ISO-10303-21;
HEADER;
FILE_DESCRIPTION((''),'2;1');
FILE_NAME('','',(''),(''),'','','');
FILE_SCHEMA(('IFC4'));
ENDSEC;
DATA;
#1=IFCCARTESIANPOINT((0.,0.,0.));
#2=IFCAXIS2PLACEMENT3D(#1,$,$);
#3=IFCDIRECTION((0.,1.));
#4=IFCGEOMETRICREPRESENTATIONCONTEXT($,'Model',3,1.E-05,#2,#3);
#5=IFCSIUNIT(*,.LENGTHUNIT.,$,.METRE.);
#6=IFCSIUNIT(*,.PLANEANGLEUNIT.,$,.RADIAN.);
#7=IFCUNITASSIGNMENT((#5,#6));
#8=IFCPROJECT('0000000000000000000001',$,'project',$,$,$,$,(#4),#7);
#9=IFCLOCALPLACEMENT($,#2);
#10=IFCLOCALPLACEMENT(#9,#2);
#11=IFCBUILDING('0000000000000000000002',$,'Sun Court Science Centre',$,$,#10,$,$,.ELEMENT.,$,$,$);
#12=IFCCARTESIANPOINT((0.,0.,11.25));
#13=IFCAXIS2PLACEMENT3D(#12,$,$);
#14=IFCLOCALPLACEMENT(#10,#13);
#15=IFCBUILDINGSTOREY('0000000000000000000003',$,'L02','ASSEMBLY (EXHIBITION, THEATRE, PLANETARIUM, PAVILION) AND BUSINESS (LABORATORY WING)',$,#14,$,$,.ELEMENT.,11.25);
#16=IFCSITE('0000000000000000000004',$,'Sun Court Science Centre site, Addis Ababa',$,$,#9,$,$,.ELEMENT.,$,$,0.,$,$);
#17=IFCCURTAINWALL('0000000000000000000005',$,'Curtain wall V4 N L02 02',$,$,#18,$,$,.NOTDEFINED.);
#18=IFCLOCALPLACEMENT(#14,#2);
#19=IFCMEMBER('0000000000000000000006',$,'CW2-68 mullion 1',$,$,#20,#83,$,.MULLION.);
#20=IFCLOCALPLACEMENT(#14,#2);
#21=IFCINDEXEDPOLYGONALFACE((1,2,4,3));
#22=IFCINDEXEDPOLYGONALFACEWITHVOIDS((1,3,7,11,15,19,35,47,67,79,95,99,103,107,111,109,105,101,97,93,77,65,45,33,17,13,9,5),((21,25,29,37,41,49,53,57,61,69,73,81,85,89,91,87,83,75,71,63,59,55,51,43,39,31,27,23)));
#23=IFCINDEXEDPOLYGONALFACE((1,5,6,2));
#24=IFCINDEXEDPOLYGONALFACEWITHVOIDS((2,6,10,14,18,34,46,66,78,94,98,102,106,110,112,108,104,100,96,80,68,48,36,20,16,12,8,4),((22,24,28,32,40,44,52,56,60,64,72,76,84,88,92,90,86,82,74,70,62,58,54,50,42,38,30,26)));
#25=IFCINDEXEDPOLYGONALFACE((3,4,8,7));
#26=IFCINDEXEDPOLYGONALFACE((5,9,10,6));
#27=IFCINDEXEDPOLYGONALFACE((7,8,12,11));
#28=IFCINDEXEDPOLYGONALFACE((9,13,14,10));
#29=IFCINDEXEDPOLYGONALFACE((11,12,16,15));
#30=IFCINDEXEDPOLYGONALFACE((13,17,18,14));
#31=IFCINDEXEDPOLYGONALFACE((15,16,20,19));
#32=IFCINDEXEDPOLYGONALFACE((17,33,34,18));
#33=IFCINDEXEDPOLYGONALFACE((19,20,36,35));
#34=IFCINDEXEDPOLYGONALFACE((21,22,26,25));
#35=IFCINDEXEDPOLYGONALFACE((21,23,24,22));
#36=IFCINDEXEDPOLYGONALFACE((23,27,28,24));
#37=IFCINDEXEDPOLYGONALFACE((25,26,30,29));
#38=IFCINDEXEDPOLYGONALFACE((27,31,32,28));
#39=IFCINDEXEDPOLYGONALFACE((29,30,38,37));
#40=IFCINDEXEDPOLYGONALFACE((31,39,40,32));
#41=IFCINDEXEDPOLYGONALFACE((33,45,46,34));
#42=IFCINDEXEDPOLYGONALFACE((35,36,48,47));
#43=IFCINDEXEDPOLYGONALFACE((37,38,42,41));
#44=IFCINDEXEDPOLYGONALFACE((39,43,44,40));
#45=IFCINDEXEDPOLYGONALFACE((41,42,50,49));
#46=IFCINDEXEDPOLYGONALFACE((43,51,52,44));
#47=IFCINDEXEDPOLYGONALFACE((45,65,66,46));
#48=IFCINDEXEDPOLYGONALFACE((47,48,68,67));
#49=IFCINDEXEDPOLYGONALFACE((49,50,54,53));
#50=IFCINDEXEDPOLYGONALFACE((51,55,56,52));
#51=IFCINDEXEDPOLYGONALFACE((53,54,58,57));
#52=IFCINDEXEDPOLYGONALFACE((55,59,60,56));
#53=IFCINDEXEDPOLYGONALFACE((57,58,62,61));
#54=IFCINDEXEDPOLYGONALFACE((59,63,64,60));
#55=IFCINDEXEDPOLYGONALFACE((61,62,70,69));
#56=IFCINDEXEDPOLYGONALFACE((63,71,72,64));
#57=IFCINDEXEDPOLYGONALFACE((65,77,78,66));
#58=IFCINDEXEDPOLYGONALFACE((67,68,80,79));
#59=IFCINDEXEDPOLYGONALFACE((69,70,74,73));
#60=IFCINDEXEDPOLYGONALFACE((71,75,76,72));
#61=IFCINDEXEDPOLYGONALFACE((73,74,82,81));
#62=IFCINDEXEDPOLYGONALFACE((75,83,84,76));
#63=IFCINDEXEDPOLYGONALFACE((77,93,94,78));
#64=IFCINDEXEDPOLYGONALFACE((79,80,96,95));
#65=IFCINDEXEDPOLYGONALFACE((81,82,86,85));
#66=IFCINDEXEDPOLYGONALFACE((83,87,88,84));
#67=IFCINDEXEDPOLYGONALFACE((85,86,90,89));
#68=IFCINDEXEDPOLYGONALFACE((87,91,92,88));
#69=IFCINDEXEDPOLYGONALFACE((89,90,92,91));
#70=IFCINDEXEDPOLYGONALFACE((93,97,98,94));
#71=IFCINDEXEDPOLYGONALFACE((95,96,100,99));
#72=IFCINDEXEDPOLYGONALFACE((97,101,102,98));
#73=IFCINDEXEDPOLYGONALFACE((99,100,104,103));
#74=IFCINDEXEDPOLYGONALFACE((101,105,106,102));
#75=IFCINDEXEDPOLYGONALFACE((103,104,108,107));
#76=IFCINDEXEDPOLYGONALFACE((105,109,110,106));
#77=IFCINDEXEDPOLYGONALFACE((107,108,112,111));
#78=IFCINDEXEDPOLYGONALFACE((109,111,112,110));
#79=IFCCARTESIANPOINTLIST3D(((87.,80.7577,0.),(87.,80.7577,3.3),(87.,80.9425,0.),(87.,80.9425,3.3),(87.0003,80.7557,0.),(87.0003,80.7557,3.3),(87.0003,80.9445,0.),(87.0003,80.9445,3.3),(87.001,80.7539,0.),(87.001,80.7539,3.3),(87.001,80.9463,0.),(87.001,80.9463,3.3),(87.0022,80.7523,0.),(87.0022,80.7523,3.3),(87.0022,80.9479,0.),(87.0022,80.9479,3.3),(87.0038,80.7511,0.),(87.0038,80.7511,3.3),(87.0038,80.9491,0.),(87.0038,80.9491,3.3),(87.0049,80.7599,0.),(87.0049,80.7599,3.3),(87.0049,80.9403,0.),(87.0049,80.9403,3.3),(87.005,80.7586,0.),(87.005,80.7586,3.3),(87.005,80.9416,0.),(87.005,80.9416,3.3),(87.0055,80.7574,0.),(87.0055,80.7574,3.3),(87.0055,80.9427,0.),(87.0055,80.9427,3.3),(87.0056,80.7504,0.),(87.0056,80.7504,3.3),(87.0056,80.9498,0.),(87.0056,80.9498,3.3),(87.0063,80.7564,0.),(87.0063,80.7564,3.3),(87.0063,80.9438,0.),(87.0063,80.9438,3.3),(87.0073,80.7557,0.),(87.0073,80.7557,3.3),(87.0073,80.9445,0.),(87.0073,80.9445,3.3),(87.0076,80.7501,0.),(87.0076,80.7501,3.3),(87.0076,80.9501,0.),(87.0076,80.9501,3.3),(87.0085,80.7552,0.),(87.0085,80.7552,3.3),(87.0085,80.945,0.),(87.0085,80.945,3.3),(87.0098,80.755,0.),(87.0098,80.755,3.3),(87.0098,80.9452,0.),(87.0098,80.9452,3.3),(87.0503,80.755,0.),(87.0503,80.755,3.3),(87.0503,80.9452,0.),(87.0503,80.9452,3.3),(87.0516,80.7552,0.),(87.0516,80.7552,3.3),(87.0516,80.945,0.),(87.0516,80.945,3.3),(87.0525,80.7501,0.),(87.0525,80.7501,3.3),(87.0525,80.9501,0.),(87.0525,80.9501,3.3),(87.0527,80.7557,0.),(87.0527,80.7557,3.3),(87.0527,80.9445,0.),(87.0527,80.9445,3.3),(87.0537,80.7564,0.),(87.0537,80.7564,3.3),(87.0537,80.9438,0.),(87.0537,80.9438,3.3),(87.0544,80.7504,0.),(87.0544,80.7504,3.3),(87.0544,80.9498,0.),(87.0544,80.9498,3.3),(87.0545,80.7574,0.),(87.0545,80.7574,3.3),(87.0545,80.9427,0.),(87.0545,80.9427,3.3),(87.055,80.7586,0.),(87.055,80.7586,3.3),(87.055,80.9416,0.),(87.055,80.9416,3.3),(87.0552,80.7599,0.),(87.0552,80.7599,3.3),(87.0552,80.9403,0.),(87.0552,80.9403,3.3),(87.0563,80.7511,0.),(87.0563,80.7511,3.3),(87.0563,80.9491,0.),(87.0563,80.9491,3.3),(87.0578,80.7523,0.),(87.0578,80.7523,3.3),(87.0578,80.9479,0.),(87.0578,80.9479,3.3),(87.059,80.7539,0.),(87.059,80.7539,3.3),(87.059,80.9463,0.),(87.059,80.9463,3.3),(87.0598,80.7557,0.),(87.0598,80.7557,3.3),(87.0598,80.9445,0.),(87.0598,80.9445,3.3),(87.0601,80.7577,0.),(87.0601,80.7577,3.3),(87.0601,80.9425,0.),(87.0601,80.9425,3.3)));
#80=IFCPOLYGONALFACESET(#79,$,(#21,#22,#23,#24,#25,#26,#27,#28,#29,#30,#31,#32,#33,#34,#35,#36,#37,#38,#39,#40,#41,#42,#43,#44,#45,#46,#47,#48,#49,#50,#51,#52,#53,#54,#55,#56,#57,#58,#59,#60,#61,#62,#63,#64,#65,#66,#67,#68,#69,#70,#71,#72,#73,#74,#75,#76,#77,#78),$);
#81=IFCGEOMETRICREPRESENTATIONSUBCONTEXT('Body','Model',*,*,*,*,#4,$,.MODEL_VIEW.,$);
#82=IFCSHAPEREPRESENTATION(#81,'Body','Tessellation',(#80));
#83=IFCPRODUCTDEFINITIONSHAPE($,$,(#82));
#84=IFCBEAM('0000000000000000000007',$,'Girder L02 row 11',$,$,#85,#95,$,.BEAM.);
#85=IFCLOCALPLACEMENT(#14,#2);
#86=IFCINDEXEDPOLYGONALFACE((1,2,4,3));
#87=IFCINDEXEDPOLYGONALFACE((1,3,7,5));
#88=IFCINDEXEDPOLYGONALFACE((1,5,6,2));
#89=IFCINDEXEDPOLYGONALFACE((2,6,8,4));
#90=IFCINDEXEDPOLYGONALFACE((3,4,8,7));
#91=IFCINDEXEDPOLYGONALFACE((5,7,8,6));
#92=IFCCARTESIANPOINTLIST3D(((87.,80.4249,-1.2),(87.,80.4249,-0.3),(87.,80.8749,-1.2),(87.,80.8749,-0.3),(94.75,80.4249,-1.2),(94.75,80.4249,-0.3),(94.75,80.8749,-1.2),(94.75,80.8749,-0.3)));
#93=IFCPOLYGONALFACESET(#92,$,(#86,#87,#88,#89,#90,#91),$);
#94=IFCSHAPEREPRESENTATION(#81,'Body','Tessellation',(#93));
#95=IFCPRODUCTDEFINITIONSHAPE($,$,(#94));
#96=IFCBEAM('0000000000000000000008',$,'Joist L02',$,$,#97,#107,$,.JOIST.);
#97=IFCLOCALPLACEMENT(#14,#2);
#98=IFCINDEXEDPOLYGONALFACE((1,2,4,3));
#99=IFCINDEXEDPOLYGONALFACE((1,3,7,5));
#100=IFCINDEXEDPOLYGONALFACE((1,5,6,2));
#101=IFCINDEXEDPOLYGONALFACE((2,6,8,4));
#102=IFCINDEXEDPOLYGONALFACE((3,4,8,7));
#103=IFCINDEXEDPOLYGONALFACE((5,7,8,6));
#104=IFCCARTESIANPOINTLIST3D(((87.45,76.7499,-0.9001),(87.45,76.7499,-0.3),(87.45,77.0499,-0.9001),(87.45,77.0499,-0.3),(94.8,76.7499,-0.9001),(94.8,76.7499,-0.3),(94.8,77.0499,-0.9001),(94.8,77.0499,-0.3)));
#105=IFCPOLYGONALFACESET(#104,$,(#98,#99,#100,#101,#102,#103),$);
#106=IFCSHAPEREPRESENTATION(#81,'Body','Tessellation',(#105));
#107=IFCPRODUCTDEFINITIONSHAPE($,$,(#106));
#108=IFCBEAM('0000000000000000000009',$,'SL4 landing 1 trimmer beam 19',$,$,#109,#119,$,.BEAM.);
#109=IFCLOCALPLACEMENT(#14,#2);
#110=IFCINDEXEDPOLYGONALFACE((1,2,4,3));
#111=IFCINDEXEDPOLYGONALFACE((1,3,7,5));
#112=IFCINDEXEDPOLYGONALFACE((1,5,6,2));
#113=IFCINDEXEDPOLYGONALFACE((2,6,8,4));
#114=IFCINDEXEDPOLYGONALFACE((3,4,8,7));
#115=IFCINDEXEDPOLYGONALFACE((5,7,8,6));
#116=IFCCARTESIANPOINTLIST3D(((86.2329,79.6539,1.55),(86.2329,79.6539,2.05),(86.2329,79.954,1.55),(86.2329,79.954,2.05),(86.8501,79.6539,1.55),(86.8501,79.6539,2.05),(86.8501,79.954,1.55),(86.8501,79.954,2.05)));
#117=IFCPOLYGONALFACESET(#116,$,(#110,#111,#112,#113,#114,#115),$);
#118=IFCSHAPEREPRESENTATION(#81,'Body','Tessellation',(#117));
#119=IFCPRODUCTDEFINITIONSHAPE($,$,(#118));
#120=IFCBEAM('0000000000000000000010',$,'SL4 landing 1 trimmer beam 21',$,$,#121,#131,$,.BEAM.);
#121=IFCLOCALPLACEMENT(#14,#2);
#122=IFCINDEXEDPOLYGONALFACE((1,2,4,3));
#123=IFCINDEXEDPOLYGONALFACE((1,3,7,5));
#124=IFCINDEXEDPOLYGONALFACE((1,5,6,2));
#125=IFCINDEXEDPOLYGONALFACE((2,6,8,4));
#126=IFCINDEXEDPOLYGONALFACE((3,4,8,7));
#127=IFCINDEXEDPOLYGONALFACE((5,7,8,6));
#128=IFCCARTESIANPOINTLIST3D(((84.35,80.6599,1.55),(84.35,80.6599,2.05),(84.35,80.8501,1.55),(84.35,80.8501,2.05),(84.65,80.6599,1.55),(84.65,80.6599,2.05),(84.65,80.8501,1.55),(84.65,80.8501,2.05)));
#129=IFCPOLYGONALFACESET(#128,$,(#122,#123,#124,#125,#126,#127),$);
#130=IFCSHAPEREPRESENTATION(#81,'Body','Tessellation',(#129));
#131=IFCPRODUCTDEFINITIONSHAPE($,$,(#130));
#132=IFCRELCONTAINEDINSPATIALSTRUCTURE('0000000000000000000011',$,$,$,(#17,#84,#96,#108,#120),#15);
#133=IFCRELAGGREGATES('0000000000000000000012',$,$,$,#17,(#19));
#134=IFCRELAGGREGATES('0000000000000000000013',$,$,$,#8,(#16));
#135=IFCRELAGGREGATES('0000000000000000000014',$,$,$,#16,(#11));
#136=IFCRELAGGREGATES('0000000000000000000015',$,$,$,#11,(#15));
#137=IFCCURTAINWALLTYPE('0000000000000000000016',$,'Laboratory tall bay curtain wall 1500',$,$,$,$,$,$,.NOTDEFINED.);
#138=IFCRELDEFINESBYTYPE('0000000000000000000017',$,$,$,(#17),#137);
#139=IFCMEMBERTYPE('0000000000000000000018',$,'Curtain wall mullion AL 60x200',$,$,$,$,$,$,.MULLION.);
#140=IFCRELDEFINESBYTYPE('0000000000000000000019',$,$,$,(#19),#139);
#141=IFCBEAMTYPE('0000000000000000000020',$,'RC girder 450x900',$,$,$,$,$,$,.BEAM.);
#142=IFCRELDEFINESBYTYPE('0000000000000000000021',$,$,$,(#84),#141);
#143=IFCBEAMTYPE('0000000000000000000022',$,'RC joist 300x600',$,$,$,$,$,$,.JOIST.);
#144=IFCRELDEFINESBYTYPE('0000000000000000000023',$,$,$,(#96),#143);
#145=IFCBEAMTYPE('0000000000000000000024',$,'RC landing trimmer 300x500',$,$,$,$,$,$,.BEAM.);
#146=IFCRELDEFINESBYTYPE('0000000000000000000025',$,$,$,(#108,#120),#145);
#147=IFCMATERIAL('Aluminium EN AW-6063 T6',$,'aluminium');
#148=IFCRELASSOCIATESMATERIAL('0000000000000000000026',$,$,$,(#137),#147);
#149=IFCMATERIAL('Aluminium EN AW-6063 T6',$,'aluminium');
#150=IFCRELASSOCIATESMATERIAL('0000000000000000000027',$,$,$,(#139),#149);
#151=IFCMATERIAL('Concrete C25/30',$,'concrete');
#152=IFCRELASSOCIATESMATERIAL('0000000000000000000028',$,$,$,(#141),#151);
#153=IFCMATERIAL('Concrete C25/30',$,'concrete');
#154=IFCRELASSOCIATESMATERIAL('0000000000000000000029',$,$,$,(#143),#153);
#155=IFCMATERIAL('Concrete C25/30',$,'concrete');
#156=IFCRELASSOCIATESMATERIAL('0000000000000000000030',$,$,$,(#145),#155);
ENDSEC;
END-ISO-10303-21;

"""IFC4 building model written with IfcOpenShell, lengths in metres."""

from ifc_helpers import new_model, si_unit, direction, frame, origin, origin_2d, place, context, subcontext, project, spatial, rectangle, hollow_rectangle, extrude, material, material_profile, profile_set, type_object, element, aggregate, save


model = new_model("IFC4")

# Units and contexts
model_context = context("Model", 3, precision=1e-05, world=origin(), true_north=direction((0.0, 1.0)))
body_context = subcontext(model_context, "Body", "Model", "MODEL_VIEW")
ifc_project = project(units=[si_unit("LENGTHUNIT", "METRE"), si_unit("PLANEANGLEUNIT", "RADIAN")], contexts=[model_context])

# Site, building, storey
site_placement = place(None, origin())
site = spatial("IfcSite", under=ifc_project, at=site_placement, Name="Sun Court Science Centre site, Addis Ababa", CompositionType="ELEMENT", RefElevation=0.0)
building_placement = place(site_placement, origin())
building = spatial("IfcBuilding", under=site, at=building_placement, Name="Sun Court Science Centre", CompositionType="ELEMENT")
storey_placement = place(building_placement, frame((0.0, 0.0, 11.25)))
storey = spatial("IfcBuildingStorey", under=building, at=storey_placement, Name="L02", Description="ASSEMBLY (EXHIBITION, THEATRE, PLANETARIUM, PAVILION) AND BUSINESS (LABORATORY WING)", CompositionType="ELEMENT", Elevation=11.25)

# Curtain wall, member
ifc_material_1 = material(Name="Aluminium EN AW-6063 T6", Category="aluminium")
curtain_wall_type = type_object("IfcCurtainWallType", Name="Laboratory tall bay curtain wall 1500", PredefinedType="NOTDEFINED", material=ifc_material_1)
curtain_wall_placement = place(storey_placement, origin())
curtain_wall = element("IfcCurtainWall", 1, at=curtain_wall_placement, inside=storey, type_object=curtain_wall_type, Name="Curtain wall V4 N L02 02", PredefinedType="NOTDEFINED")
ifc_material_2 = material(Name="Aluminium EN AW-6063 T6", Category="aluminium")
ifc_material_profile_1 = material_profile(ifc_material_2, hollow_rectangle(XDim=0.0601, YDim=0.2, WallThickness=0.0049, InnerFilletRadius=0.0049, OuterFilletRadius=0.0076, at=origin_2d()), Name="AL 60x200x5")
ifc_profile_set_1 = profile_set([ifc_material_profile_1], Name="Aluminium EN AW-6063 T6")
member_type = type_object("IfcMemberType", Name="Curtain wall mullion AL 60x200", PredefinedType="MULLION", material=ifc_profile_set_1)
member_placement = place(storey_placement, frame((87.03, 80.8501, 0.0), z_axis=(0.0, 0.0, 1.0), x_axis=(1.0, 0.0, 0.0)))
member = element("IfcMember", 2, at=member_placement, type_object=member_type, Name="CW2-68 mullion 1", PredefinedType="MULLION", context=body_context, shape_type="SweptSolid", body=[
    extrude(hollow_rectangle(XDim=0.0601, YDim=0.2, WallThickness=0.0049, InnerFilletRadius=0.0049, OuterFilletRadius=0.0076, at=origin_2d()), origin(), (0.0, 0.0, 1.0), 3.3),
])
aggregate(curtain_wall, [member])

# Beams
ifc_material_3 = material(Name="Concrete C25/30", Category="concrete")
ifc_material_profile_2 = material_profile(ifc_material_3, rectangle(XDim=0.45, YDim=0.8999, at=origin_2d()), Name="RC 450x900")
ifc_profile_set_2 = profile_set([ifc_material_profile_2], Name="Concrete C25/30")
beam_type_1 = type_object("IfcBeamType", Name="RC girder 450x900", PredefinedType="BEAM", material=ifc_profile_set_2)
beam_1_placement = place(storey_placement, frame((87.0, 80.6499, -0.75), z_axis=(1.0, 0.0, 0.0), x_axis=(0.0, 1.0, 0.0)))
element("IfcBeam", 3, at=beam_1_placement, inside=storey, type_object=beam_type_1, Name="Girder L02 row 11", PredefinedType="BEAM", context=body_context, shape_type="SweptSolid", body=[
    extrude(rectangle(XDim=0.45, YDim=0.8999, at=origin_2d()), origin(), (0.0, 0.0, 1.0), 7.75),
])
ifc_material_4 = material(Name="Concrete C25/30", Category="concrete")
ifc_material_profile_3 = material_profile(ifc_material_4, rectangle(XDim=0.3, YDim=0.6001, at=origin_2d()), Name="RC 300x600")
ifc_profile_set_3 = profile_set([ifc_material_profile_3], Name="Concrete C25/30")
beam_type_2 = type_object("IfcBeamType", Name="RC joist 300x600", PredefinedType="JOIST", material=ifc_profile_set_3)
beam_2_placement = place(storey_placement, frame((87.45, 76.8999, -0.6001), z_axis=(1.0, 0.0, 0.0), x_axis=(0.0, 1.0, 0.0)))
element("IfcBeam", 4, at=beam_2_placement, inside=storey, type_object=beam_type_2, Name="Joist L02", PredefinedType="JOIST", context=body_context, shape_type="SweptSolid", body=[
    extrude(rectangle(XDim=0.3, YDim=0.6001, at=origin_2d()), origin(), (0.0, 0.0, 1.0), 7.3501),
])
ifc_material_5 = material(Name="Concrete C25/30", Category="concrete")
ifc_material_profile_4 = material_profile(ifc_material_5, rectangle(XDim=0.3, YDim=0.5, at=origin_2d()), Name="RC 300x500")
ifc_profile_set_4 = profile_set([ifc_material_profile_4], Name="Concrete C25/30")
beam_type_3 = type_object("IfcBeamType", Name="RC landing trimmer 300x500", PredefinedType="BEAM", material=ifc_profile_set_4)
beam_3_placement = place(storey_placement, frame((86.8501, 79.804, 1.8), z_axis=(-1.0, 0.0, 0.0), x_axis=(0.0, -1.0, 0.0)))
element("IfcBeam", 5, at=beam_3_placement, inside=storey, type_object=beam_type_3, Name="SL4 landing 1 trimmer beam 19", PredefinedType="BEAM", context=body_context, shape_type="SweptSolid", body=[
    extrude(rectangle(XDim=0.3, YDim=0.5, at=origin_2d()), origin(), (0.0, 0.0, 1.0), 0.6172),
])
beam_4_placement = place(storey_placement, frame((84.5, 80.8501, 1.8), z_axis=(0.0, -1.0, 0.0), x_axis=(1.0, 0.0, 0.0)))
element("IfcBeam", 6, at=beam_4_placement, inside=storey, type_object=beam_type_3, Name="SL4 landing 1 trimmer beam 21", PredefinedType="BEAM", context=body_context, shape_type="SweptSolid", body=[
    extrude(rectangle(XDim=0.3, YDim=0.5, at=origin_2d()), origin(), (0.0, 0.0, 1.0), 0.1902),
])

save(model, "model.ifc")
